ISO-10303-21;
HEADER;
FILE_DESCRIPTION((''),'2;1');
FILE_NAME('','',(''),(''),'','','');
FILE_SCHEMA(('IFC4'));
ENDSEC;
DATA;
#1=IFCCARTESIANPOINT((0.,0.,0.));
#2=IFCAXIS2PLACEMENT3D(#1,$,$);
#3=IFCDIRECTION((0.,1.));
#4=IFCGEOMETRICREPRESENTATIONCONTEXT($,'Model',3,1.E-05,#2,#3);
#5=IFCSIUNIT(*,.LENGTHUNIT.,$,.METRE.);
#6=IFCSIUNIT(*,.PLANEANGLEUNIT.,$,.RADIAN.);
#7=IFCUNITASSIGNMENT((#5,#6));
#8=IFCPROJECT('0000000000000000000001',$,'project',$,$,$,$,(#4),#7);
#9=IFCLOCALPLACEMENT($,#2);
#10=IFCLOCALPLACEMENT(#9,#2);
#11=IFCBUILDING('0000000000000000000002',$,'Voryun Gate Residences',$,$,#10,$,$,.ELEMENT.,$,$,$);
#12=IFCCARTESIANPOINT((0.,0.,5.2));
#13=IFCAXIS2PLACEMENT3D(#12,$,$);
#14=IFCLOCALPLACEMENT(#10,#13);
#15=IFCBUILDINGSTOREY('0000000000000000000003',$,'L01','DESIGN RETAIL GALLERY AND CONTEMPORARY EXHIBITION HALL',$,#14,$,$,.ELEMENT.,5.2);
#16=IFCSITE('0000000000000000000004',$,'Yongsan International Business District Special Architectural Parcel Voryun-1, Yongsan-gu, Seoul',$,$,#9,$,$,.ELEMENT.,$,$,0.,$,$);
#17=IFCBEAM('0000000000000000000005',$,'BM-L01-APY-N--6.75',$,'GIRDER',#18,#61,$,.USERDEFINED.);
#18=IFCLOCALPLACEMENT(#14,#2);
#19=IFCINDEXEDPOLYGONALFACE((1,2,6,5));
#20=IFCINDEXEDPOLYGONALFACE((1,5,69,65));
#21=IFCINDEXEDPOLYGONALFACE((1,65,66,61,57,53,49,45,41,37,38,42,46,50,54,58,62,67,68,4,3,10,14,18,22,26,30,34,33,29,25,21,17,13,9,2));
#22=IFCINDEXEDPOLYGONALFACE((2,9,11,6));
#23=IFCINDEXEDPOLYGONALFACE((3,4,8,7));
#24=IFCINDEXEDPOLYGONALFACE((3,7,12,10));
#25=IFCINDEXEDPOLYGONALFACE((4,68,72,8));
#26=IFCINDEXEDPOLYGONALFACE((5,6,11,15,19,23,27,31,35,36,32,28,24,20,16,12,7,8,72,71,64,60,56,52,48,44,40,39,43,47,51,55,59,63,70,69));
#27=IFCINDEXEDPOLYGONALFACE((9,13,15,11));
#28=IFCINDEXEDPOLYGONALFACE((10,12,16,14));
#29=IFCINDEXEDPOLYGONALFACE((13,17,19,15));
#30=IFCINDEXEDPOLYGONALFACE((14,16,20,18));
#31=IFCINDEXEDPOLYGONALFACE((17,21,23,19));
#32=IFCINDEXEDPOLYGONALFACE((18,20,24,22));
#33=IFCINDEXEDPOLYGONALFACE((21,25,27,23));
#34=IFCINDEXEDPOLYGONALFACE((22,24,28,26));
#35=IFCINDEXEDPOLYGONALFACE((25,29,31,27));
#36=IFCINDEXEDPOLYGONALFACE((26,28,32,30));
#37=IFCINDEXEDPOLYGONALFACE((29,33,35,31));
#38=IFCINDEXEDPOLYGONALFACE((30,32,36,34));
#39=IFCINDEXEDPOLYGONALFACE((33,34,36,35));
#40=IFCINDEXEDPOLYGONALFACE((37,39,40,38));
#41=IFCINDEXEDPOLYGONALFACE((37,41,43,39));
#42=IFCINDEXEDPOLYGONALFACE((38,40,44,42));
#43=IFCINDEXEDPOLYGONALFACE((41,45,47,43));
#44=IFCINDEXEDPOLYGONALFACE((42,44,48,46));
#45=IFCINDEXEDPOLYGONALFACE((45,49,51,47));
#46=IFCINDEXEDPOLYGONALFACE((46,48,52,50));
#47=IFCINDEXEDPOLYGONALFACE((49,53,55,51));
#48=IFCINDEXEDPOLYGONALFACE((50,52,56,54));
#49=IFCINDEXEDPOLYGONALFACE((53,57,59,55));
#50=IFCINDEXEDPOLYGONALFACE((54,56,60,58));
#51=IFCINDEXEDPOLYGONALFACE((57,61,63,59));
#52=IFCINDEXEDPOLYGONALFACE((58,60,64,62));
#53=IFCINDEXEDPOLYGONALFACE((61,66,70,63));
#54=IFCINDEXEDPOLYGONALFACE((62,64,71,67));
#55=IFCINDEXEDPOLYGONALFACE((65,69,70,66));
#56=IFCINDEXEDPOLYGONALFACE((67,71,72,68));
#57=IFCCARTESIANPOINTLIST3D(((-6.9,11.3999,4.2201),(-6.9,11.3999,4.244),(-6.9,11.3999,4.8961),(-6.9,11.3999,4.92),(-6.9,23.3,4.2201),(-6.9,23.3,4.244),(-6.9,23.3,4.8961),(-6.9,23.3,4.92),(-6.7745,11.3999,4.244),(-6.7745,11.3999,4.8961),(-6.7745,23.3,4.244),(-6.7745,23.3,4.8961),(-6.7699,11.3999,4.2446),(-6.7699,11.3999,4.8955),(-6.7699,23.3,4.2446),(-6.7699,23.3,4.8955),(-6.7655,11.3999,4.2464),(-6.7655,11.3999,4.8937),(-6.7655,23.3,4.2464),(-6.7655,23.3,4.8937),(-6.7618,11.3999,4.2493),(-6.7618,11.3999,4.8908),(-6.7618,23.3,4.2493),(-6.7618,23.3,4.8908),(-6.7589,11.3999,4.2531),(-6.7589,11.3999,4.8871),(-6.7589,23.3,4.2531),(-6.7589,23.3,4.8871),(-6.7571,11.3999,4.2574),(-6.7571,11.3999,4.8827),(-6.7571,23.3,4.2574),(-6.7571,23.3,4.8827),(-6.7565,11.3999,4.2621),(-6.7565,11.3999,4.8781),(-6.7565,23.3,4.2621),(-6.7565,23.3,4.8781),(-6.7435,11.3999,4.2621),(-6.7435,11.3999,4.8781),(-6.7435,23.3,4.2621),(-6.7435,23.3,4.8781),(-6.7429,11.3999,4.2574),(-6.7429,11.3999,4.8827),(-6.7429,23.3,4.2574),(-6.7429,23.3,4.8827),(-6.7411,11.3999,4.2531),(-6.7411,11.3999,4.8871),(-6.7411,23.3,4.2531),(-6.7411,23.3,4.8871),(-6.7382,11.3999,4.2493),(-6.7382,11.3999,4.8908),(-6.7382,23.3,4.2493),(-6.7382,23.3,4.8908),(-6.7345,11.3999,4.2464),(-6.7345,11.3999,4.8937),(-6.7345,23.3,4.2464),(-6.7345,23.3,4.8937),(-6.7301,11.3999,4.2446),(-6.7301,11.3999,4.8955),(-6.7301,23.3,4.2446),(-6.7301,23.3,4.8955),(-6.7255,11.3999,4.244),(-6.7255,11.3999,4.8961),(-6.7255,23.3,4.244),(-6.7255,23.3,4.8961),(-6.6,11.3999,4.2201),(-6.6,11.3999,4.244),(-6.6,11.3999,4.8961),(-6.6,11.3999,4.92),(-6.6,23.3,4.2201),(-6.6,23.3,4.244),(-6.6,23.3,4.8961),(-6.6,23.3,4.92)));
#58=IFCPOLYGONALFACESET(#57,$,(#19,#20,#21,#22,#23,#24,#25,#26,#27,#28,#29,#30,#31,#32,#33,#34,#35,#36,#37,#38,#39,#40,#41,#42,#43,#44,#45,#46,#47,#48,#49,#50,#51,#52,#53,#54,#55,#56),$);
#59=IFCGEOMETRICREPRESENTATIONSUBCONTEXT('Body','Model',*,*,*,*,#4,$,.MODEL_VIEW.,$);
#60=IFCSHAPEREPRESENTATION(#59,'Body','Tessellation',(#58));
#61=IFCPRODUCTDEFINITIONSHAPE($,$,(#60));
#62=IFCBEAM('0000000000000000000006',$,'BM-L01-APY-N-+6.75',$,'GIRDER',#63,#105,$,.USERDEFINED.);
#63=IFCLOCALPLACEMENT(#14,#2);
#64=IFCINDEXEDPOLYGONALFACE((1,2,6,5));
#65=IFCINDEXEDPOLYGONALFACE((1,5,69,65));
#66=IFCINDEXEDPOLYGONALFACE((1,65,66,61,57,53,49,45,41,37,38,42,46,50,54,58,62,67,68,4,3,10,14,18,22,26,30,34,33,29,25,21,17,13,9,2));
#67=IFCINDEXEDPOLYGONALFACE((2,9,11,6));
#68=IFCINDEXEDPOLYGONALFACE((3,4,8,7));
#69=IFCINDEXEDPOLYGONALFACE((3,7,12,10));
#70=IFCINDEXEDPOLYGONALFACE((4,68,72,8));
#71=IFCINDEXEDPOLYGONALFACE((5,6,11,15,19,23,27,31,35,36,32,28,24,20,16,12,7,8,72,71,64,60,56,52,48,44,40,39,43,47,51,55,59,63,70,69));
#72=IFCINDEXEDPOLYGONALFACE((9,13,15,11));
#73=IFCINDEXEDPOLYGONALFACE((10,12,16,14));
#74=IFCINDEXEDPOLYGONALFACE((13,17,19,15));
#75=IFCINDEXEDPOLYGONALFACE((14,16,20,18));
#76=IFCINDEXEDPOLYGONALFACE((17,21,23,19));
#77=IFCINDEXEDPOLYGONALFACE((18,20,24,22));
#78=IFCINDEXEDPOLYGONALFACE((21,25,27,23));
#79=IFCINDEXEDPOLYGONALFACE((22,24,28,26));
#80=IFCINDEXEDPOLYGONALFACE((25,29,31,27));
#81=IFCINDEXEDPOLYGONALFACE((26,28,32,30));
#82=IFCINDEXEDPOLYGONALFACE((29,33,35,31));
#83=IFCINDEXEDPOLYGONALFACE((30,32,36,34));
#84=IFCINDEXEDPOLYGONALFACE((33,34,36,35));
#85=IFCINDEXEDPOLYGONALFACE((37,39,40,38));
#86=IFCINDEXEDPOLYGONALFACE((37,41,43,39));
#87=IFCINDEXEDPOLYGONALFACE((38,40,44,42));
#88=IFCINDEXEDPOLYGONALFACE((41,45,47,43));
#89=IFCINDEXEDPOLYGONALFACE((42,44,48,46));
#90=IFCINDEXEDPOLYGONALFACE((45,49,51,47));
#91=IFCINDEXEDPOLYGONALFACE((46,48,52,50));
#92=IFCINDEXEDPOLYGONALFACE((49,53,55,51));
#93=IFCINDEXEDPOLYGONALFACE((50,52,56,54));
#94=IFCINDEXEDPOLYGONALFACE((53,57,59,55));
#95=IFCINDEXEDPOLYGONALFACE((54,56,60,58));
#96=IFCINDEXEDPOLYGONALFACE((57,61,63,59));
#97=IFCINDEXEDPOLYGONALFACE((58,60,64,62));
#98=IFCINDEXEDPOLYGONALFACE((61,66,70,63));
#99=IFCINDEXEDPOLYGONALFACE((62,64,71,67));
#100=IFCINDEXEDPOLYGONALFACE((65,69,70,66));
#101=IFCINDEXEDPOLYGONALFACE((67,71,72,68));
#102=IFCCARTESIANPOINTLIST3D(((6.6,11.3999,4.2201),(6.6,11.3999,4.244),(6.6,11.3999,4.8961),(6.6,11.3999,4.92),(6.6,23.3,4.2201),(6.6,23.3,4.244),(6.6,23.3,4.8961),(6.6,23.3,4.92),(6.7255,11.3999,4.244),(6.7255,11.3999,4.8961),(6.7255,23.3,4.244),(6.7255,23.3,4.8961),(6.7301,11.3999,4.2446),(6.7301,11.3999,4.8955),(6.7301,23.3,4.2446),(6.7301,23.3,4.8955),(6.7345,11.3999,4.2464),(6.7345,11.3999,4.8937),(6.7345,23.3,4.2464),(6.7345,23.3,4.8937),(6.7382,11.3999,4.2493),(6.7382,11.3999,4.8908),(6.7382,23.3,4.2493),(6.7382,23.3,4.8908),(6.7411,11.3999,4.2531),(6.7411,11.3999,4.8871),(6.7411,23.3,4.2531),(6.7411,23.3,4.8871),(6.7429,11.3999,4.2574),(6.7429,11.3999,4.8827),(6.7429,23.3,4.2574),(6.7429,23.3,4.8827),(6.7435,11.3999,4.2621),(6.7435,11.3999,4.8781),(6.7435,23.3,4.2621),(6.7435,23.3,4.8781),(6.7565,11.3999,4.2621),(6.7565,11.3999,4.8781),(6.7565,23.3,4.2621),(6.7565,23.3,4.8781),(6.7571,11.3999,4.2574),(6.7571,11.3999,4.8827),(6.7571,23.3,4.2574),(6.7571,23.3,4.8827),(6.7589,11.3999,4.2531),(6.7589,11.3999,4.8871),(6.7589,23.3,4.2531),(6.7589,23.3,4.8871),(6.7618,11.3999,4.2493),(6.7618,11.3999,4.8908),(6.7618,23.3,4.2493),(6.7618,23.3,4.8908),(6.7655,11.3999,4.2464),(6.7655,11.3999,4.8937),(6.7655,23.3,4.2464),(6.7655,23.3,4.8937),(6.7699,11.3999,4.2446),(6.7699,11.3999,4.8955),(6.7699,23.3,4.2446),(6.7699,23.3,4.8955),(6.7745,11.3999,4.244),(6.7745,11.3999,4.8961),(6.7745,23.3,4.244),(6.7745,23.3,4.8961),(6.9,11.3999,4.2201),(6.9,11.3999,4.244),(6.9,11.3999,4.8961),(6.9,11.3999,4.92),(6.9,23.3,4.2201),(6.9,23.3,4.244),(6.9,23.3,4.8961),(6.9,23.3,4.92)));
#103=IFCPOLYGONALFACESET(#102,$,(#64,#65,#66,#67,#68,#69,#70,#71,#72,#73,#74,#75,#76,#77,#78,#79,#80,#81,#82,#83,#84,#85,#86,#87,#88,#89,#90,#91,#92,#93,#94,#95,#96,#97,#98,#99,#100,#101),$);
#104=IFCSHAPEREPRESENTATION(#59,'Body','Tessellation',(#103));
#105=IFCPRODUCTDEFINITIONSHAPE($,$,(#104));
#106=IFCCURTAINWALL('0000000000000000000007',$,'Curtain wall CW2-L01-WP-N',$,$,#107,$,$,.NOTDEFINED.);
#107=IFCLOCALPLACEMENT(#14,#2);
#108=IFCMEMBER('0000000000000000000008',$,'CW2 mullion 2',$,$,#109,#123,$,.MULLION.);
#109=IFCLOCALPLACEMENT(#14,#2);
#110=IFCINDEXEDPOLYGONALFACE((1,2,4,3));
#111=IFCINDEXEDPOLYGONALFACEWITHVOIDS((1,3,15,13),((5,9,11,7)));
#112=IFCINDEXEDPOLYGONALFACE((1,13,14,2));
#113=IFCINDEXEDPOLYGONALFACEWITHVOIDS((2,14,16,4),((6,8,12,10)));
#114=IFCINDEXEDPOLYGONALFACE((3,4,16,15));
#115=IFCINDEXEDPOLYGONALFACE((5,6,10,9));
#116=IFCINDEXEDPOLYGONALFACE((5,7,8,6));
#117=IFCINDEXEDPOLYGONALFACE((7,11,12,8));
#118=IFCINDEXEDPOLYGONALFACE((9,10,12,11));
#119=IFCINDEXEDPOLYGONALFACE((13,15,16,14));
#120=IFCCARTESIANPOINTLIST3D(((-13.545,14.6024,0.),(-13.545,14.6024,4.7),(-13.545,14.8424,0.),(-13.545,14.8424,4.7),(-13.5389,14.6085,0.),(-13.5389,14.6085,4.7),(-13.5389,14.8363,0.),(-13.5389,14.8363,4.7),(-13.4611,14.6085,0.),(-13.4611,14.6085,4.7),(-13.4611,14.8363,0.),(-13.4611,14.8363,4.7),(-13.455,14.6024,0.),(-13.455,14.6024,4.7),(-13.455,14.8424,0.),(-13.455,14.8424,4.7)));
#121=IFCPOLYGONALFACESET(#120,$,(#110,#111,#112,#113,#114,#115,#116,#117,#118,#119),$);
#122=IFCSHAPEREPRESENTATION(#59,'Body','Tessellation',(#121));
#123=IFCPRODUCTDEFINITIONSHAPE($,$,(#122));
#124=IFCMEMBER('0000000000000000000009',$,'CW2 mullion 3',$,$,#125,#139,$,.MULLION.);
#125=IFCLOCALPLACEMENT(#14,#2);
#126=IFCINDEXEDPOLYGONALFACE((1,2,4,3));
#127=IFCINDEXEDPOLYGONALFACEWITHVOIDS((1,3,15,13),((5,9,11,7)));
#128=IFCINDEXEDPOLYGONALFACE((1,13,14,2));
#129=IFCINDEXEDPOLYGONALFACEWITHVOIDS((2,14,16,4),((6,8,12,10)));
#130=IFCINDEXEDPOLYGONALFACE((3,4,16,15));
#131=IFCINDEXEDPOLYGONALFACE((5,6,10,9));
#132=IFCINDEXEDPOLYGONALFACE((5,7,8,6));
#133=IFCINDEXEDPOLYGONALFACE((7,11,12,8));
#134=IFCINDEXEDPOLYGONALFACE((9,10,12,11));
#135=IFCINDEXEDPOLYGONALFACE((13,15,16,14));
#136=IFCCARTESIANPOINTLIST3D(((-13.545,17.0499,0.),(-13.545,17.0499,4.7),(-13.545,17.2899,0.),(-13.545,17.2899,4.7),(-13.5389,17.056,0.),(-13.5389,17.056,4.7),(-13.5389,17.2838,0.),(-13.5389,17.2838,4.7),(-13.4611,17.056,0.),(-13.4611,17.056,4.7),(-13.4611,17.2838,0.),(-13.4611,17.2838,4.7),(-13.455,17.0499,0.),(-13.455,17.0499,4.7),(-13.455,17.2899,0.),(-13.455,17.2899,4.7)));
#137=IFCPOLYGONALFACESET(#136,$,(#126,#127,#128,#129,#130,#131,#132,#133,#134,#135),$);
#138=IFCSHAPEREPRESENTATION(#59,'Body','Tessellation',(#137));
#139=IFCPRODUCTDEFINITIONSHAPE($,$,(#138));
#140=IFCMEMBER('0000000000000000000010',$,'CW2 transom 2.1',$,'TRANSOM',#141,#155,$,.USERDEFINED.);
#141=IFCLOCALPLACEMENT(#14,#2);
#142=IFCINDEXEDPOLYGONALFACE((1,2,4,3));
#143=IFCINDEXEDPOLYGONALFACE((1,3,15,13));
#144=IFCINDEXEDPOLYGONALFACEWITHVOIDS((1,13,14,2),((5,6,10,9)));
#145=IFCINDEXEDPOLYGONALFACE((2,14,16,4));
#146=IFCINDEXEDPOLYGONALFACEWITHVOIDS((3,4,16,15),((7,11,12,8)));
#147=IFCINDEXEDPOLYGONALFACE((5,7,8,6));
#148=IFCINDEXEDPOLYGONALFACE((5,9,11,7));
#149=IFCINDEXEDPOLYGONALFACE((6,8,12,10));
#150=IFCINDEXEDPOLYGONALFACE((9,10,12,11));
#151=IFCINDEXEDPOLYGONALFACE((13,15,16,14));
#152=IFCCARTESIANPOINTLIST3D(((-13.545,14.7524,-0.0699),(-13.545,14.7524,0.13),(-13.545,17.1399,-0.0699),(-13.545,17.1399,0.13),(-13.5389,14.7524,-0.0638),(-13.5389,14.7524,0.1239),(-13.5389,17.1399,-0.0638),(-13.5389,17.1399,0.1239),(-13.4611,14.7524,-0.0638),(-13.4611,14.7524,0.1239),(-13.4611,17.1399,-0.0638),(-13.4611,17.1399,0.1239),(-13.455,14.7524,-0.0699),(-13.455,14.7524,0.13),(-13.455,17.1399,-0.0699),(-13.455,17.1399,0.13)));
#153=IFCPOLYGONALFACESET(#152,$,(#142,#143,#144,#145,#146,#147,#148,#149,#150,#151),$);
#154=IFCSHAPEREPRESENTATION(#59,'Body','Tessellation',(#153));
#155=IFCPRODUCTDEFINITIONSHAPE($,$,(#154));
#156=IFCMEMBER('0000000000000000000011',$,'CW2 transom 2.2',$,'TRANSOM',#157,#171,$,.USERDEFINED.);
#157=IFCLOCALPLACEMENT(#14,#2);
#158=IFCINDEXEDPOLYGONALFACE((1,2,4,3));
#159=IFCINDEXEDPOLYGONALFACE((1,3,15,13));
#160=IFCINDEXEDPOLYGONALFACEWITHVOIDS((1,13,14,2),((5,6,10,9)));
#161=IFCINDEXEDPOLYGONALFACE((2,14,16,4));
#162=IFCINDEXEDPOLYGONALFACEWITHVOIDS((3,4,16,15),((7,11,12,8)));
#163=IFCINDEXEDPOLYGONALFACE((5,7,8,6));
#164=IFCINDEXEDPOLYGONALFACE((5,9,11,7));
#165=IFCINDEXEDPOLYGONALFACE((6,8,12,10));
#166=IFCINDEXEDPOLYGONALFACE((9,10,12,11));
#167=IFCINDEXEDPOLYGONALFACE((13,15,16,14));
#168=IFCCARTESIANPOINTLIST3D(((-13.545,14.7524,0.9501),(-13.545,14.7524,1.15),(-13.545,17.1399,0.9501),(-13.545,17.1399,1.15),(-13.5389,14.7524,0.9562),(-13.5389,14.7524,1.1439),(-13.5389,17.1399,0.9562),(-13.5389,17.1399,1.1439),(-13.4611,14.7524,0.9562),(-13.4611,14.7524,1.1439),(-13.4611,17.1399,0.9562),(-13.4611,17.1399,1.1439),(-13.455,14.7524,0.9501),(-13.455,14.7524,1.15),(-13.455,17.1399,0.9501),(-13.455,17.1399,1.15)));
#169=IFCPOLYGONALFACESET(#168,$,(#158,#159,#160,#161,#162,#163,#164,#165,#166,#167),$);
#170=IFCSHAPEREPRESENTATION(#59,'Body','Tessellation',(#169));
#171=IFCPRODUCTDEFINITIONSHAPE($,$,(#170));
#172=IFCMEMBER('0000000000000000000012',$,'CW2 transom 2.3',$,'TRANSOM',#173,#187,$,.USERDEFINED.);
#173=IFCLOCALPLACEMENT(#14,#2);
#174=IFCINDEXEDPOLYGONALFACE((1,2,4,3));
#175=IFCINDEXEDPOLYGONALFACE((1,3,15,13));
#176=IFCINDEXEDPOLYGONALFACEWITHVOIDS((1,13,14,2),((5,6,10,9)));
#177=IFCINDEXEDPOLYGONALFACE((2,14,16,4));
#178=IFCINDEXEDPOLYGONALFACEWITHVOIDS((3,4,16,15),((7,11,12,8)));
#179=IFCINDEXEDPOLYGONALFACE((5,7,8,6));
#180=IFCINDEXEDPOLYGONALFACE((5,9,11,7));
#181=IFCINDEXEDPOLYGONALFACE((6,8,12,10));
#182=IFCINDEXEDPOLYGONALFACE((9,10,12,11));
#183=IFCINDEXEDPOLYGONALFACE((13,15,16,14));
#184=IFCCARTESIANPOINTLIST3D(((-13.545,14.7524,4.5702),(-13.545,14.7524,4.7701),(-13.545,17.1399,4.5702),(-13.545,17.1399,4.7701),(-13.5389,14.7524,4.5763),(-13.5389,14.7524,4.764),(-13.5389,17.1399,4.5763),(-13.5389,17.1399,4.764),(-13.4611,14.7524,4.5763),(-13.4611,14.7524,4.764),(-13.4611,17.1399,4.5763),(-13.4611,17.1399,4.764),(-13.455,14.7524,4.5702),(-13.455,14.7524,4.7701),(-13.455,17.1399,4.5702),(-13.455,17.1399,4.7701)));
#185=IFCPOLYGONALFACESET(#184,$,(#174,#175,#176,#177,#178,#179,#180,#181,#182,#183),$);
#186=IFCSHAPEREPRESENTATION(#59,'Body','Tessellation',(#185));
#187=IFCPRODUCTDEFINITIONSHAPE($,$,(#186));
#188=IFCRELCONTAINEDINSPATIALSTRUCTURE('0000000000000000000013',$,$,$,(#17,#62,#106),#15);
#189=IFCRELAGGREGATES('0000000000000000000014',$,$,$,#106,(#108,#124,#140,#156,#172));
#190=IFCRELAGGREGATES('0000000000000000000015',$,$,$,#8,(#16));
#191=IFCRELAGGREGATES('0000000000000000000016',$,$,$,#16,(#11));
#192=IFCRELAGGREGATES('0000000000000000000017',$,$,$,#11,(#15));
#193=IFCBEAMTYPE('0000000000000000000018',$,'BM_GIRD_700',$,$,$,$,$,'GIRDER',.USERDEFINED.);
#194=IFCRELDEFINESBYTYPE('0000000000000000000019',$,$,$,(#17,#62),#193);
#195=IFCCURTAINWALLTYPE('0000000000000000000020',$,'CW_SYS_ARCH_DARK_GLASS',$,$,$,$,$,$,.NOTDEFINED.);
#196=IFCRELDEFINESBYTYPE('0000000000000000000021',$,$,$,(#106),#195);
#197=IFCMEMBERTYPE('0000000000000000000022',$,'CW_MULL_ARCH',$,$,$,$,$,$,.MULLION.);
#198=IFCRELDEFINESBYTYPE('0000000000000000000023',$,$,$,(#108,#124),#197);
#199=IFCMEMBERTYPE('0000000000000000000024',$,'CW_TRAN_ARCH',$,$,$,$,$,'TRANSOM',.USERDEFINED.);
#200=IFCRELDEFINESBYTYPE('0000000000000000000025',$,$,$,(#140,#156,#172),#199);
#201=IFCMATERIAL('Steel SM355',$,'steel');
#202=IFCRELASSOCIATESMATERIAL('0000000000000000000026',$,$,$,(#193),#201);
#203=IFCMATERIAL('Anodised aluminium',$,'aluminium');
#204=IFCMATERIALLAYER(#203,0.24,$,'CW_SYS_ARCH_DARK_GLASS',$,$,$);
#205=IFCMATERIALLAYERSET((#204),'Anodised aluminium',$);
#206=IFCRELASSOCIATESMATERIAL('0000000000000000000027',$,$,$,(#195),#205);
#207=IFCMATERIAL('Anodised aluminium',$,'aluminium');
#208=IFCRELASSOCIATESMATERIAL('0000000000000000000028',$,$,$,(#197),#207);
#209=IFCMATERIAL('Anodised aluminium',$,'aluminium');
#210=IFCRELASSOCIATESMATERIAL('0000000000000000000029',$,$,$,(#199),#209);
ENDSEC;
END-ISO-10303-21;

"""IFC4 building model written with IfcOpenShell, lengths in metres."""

from ifc_helpers import new_model, si_unit, direction, frame, origin, origin_2d, place, context, subcontext, project, spatial, hollow_rectangle, i_section, extrude, material, layer, layer_set, material_profile, profile_set, type_object, element, aggregate, save


model = new_model("IFC4")

# Units and contexts
model_context = context("Model", 3, precision=1e-05, world=origin(), true_north=direction((0.0, 1.0)))
body_context = subcontext(model_context, "Body", "Model", "MODEL_VIEW")
ifc_project = project(units=[si_unit("LENGTHUNIT", "METRE"), si_unit("PLANEANGLEUNIT", "RADIAN")], contexts=[model_context])

# Site, building, storey
site_placement = place(None, origin())
site = spatial("IfcSite", under=ifc_project, at=site_placement, Name="Yongsan International Business District Special Architectural Parcel Voryun-1, Yongsan-gu, Seoul", CompositionType="ELEMENT", RefElevation=0.0)
building_placement = place(site_placement, origin())
building = spatial("IfcBuilding", under=site, at=building_placement, Name="Voryun Gate Residences", CompositionType="ELEMENT")
storey_placement = place(building_placement, frame((0.0, 0.0, 5.2)))
storey = spatial("IfcBuildingStorey", under=building, at=storey_placement, Name="L01", Description="DESIGN RETAIL GALLERY AND CONTEMPORARY EXHIBITION HALL", CompositionType="ELEMENT", Elevation=5.2)

# Beams
ifc_material_1 = material(Name="Steel SM355", Category="steel")
ifc_material_profile_1 = material_profile(ifc_material_1, i_section(OverallWidth=0.3, OverallDepth=0.7, WebThickness=0.0129, FlangeThickness=0.0239, FilletRadius=0.0181, at=origin_2d()), Name="H-700x300x13x24")
ifc_profile_set_1 = profile_set([ifc_material_profile_1], Name="Steel SM355")
beam_type_1 = type_object("IfcBeamType", Name="BM_GIRD_700", ElementType="GIRDER", PredefinedType="USERDEFINED", material=ifc_profile_set_1)
for number, where, z_axis, x_axis, name in (
    (1, (-6.75, 11.3999, 4.5701), (0.0, 1.0, 0.0), (-1.0, 0.0, 0.0), "BM-L01-APY-N--6.75"),
    (2, (6.75, 11.3999, 4.5701), (0.0, 1.0, 0.0), (-1.0, 0.0, 0.0), "BM-L01-APY-N-+6.75"),
):
    element("IfcBeam", number, at=place(storey_placement, frame(where, z_axis=z_axis, x_axis=x_axis)), inside=storey, type_object=beam_type_1, Name=name, ObjectType="GIRDER", PredefinedType="USERDEFINED", context=body_context, shape_type="SweptSolid", body=[
        extrude(i_section(OverallWidth=0.3, OverallDepth=0.7, WebThickness=0.0129, FlangeThickness=0.0239, FilletRadius=0.0181, at=origin_2d()), origin(), (0.0, 0.0, 1.0), 11.9001),
    ])

# Curtain wall, members
ifc_material_2 = material(Name="Anodised aluminium", Category="aluminium")
ifc_layer_1 = layer(ifc_material_2, 0.24, Name="CW_SYS_ARCH_DARK_GLASS")
ifc_layer_set_1 = layer_set([ifc_layer_1], Name="Anodised aluminium")
curtain_wall_type = type_object("IfcCurtainWallType", Name="CW_SYS_ARCH_DARK_GLASS", PredefinedType="NOTDEFINED", material=ifc_layer_set_1)
curtain_wall_placement = place(storey_placement, origin())
curtain_wall = element("IfcCurtainWall", 3, at=curtain_wall_placement, inside=storey, type_object=curtain_wall_type, Name="Curtain wall CW2-L01-WP-N", PredefinedType="NOTDEFINED")
ifc_material_3 = material(Name="Anodised aluminium", Category="aluminium")
ifc_material_profile_2 = material_profile(ifc_material_3, hollow_rectangle(XDim=0.0901, YDim=0.24, WallThickness=0.0061, at=origin_2d()), Name="ALU-MULL-240x90x6")
ifc_profile_set_2 = profile_set([ifc_material_profile_2], Name="Anodised aluminium")
member_type_1 = type_object("IfcMemberType", Name="CW_MULL_ARCH", PredefinedType="MULLION", material=ifc_profile_set_2)
member_1_placement = place(storey_placement, frame((-13.5, 14.7224, 0.0), z_axis=(0.0, 0.0, 1.0), x_axis=(-1.0, 0.0, 0.0)))
member_1 = element("IfcMember", 4, at=member_1_placement, type_object=member_type_1, Name="CW2 mullion 2", PredefinedType="MULLION", context=body_context, shape_type="SweptSolid", body=[
    extrude(hollow_rectangle(XDim=0.0901, YDim=0.24, WallThickness=0.0061, at=origin_2d()), origin(), (0.0, 0.0, 1.0), 4.7),
])
member_2_placement = place(storey_placement, frame((-13.5, 17.1699, 0.0), z_axis=(0.0, 0.0, 1.0), x_axis=(-1.0, 0.0, 0.0)))
member_2 = element("IfcMember", 5, at=member_2_placement, type_object=member_type_1, Name="CW2 mullion 3", PredefinedType="MULLION", context=body_context, shape_type="SweptSolid", body=[
    extrude(hollow_rectangle(XDim=0.0901, YDim=0.24, WallThickness=0.0061, at=origin_2d()), origin(), (0.0, 0.0, 1.0), 4.7),
])
ifc_material_4 = material(Name="Anodised aluminium", Category="aluminium")
ifc_material_profile_3 = material_profile(ifc_material_4, hollow_rectangle(XDim=0.0901, YDim=0.2, WallThickness=0.0061, at=origin_2d()), Name="ALU-TRAN-200x90x6")
ifc_profile_set_3 = profile_set([ifc_material_profile_3], Name="Anodised aluminium")
member_type_2 = type_object("IfcMemberType", Name="CW_TRAN_ARCH", ElementType="TRANSOM", PredefinedType="USERDEFINED", material=ifc_profile_set_3)
member_3_placement = place(storey_placement, frame((-13.5, 14.7524, 0.03), z_axis=(0.0, 1.0, 0.0), x_axis=(-1.0, 0.0, 0.0)))
member_3 = element("IfcMember", 6, at=member_3_placement, type_object=member_type_2, Name="CW2 transom 2.1", ObjectType="TRANSOM", PredefinedType="USERDEFINED", context=body_context, shape_type="SweptSolid", body=[
    extrude(hollow_rectangle(XDim=0.0901, YDim=0.2, WallThickness=0.0061, at=origin_2d()), origin(), (0.0, 0.0, 1.0), 2.3875),
])
member_4_placement = place(storey_placement, frame((-13.5, 14.7524, 1.05), z_axis=(0.0, 1.0, 0.0), x_axis=(-1.0, 0.0, 0.0)))
member_4 = element("IfcMember", 7, at=member_4_placement, type_object=member_type_2, Name="CW2 transom 2.2", ObjectType="TRANSOM", PredefinedType="USERDEFINED", context=body_context, shape_type="SweptSolid", body=[
    extrude(hollow_rectangle(XDim=0.0901, YDim=0.2, WallThickness=0.0061, at=origin_2d()), origin(), (0.0, 0.0, 1.0), 2.3875),
])
member_5_placement = place(storey_placement, frame((-13.5, 14.7524, 4.6702), z_axis=(0.0, 1.0, 0.0), x_axis=(-1.0, 0.0, 0.0)))
member_5 = element("IfcMember", 8, at=member_5_placement, type_object=member_type_2, Name="CW2 transom 2.3", ObjectType="TRANSOM", PredefinedType="USERDEFINED", context=body_context, shape_type="SweptSolid", body=[
    extrude(hollow_rectangle(XDim=0.0901, YDim=0.2, WallThickness=0.0061, at=origin_2d()), origin(), (0.0, 0.0, 1.0), 2.3875),
])

aggregate(curtain_wall, [member_1, member_2, member_3, member_4, member_5])

save(model, "model.ifc")
